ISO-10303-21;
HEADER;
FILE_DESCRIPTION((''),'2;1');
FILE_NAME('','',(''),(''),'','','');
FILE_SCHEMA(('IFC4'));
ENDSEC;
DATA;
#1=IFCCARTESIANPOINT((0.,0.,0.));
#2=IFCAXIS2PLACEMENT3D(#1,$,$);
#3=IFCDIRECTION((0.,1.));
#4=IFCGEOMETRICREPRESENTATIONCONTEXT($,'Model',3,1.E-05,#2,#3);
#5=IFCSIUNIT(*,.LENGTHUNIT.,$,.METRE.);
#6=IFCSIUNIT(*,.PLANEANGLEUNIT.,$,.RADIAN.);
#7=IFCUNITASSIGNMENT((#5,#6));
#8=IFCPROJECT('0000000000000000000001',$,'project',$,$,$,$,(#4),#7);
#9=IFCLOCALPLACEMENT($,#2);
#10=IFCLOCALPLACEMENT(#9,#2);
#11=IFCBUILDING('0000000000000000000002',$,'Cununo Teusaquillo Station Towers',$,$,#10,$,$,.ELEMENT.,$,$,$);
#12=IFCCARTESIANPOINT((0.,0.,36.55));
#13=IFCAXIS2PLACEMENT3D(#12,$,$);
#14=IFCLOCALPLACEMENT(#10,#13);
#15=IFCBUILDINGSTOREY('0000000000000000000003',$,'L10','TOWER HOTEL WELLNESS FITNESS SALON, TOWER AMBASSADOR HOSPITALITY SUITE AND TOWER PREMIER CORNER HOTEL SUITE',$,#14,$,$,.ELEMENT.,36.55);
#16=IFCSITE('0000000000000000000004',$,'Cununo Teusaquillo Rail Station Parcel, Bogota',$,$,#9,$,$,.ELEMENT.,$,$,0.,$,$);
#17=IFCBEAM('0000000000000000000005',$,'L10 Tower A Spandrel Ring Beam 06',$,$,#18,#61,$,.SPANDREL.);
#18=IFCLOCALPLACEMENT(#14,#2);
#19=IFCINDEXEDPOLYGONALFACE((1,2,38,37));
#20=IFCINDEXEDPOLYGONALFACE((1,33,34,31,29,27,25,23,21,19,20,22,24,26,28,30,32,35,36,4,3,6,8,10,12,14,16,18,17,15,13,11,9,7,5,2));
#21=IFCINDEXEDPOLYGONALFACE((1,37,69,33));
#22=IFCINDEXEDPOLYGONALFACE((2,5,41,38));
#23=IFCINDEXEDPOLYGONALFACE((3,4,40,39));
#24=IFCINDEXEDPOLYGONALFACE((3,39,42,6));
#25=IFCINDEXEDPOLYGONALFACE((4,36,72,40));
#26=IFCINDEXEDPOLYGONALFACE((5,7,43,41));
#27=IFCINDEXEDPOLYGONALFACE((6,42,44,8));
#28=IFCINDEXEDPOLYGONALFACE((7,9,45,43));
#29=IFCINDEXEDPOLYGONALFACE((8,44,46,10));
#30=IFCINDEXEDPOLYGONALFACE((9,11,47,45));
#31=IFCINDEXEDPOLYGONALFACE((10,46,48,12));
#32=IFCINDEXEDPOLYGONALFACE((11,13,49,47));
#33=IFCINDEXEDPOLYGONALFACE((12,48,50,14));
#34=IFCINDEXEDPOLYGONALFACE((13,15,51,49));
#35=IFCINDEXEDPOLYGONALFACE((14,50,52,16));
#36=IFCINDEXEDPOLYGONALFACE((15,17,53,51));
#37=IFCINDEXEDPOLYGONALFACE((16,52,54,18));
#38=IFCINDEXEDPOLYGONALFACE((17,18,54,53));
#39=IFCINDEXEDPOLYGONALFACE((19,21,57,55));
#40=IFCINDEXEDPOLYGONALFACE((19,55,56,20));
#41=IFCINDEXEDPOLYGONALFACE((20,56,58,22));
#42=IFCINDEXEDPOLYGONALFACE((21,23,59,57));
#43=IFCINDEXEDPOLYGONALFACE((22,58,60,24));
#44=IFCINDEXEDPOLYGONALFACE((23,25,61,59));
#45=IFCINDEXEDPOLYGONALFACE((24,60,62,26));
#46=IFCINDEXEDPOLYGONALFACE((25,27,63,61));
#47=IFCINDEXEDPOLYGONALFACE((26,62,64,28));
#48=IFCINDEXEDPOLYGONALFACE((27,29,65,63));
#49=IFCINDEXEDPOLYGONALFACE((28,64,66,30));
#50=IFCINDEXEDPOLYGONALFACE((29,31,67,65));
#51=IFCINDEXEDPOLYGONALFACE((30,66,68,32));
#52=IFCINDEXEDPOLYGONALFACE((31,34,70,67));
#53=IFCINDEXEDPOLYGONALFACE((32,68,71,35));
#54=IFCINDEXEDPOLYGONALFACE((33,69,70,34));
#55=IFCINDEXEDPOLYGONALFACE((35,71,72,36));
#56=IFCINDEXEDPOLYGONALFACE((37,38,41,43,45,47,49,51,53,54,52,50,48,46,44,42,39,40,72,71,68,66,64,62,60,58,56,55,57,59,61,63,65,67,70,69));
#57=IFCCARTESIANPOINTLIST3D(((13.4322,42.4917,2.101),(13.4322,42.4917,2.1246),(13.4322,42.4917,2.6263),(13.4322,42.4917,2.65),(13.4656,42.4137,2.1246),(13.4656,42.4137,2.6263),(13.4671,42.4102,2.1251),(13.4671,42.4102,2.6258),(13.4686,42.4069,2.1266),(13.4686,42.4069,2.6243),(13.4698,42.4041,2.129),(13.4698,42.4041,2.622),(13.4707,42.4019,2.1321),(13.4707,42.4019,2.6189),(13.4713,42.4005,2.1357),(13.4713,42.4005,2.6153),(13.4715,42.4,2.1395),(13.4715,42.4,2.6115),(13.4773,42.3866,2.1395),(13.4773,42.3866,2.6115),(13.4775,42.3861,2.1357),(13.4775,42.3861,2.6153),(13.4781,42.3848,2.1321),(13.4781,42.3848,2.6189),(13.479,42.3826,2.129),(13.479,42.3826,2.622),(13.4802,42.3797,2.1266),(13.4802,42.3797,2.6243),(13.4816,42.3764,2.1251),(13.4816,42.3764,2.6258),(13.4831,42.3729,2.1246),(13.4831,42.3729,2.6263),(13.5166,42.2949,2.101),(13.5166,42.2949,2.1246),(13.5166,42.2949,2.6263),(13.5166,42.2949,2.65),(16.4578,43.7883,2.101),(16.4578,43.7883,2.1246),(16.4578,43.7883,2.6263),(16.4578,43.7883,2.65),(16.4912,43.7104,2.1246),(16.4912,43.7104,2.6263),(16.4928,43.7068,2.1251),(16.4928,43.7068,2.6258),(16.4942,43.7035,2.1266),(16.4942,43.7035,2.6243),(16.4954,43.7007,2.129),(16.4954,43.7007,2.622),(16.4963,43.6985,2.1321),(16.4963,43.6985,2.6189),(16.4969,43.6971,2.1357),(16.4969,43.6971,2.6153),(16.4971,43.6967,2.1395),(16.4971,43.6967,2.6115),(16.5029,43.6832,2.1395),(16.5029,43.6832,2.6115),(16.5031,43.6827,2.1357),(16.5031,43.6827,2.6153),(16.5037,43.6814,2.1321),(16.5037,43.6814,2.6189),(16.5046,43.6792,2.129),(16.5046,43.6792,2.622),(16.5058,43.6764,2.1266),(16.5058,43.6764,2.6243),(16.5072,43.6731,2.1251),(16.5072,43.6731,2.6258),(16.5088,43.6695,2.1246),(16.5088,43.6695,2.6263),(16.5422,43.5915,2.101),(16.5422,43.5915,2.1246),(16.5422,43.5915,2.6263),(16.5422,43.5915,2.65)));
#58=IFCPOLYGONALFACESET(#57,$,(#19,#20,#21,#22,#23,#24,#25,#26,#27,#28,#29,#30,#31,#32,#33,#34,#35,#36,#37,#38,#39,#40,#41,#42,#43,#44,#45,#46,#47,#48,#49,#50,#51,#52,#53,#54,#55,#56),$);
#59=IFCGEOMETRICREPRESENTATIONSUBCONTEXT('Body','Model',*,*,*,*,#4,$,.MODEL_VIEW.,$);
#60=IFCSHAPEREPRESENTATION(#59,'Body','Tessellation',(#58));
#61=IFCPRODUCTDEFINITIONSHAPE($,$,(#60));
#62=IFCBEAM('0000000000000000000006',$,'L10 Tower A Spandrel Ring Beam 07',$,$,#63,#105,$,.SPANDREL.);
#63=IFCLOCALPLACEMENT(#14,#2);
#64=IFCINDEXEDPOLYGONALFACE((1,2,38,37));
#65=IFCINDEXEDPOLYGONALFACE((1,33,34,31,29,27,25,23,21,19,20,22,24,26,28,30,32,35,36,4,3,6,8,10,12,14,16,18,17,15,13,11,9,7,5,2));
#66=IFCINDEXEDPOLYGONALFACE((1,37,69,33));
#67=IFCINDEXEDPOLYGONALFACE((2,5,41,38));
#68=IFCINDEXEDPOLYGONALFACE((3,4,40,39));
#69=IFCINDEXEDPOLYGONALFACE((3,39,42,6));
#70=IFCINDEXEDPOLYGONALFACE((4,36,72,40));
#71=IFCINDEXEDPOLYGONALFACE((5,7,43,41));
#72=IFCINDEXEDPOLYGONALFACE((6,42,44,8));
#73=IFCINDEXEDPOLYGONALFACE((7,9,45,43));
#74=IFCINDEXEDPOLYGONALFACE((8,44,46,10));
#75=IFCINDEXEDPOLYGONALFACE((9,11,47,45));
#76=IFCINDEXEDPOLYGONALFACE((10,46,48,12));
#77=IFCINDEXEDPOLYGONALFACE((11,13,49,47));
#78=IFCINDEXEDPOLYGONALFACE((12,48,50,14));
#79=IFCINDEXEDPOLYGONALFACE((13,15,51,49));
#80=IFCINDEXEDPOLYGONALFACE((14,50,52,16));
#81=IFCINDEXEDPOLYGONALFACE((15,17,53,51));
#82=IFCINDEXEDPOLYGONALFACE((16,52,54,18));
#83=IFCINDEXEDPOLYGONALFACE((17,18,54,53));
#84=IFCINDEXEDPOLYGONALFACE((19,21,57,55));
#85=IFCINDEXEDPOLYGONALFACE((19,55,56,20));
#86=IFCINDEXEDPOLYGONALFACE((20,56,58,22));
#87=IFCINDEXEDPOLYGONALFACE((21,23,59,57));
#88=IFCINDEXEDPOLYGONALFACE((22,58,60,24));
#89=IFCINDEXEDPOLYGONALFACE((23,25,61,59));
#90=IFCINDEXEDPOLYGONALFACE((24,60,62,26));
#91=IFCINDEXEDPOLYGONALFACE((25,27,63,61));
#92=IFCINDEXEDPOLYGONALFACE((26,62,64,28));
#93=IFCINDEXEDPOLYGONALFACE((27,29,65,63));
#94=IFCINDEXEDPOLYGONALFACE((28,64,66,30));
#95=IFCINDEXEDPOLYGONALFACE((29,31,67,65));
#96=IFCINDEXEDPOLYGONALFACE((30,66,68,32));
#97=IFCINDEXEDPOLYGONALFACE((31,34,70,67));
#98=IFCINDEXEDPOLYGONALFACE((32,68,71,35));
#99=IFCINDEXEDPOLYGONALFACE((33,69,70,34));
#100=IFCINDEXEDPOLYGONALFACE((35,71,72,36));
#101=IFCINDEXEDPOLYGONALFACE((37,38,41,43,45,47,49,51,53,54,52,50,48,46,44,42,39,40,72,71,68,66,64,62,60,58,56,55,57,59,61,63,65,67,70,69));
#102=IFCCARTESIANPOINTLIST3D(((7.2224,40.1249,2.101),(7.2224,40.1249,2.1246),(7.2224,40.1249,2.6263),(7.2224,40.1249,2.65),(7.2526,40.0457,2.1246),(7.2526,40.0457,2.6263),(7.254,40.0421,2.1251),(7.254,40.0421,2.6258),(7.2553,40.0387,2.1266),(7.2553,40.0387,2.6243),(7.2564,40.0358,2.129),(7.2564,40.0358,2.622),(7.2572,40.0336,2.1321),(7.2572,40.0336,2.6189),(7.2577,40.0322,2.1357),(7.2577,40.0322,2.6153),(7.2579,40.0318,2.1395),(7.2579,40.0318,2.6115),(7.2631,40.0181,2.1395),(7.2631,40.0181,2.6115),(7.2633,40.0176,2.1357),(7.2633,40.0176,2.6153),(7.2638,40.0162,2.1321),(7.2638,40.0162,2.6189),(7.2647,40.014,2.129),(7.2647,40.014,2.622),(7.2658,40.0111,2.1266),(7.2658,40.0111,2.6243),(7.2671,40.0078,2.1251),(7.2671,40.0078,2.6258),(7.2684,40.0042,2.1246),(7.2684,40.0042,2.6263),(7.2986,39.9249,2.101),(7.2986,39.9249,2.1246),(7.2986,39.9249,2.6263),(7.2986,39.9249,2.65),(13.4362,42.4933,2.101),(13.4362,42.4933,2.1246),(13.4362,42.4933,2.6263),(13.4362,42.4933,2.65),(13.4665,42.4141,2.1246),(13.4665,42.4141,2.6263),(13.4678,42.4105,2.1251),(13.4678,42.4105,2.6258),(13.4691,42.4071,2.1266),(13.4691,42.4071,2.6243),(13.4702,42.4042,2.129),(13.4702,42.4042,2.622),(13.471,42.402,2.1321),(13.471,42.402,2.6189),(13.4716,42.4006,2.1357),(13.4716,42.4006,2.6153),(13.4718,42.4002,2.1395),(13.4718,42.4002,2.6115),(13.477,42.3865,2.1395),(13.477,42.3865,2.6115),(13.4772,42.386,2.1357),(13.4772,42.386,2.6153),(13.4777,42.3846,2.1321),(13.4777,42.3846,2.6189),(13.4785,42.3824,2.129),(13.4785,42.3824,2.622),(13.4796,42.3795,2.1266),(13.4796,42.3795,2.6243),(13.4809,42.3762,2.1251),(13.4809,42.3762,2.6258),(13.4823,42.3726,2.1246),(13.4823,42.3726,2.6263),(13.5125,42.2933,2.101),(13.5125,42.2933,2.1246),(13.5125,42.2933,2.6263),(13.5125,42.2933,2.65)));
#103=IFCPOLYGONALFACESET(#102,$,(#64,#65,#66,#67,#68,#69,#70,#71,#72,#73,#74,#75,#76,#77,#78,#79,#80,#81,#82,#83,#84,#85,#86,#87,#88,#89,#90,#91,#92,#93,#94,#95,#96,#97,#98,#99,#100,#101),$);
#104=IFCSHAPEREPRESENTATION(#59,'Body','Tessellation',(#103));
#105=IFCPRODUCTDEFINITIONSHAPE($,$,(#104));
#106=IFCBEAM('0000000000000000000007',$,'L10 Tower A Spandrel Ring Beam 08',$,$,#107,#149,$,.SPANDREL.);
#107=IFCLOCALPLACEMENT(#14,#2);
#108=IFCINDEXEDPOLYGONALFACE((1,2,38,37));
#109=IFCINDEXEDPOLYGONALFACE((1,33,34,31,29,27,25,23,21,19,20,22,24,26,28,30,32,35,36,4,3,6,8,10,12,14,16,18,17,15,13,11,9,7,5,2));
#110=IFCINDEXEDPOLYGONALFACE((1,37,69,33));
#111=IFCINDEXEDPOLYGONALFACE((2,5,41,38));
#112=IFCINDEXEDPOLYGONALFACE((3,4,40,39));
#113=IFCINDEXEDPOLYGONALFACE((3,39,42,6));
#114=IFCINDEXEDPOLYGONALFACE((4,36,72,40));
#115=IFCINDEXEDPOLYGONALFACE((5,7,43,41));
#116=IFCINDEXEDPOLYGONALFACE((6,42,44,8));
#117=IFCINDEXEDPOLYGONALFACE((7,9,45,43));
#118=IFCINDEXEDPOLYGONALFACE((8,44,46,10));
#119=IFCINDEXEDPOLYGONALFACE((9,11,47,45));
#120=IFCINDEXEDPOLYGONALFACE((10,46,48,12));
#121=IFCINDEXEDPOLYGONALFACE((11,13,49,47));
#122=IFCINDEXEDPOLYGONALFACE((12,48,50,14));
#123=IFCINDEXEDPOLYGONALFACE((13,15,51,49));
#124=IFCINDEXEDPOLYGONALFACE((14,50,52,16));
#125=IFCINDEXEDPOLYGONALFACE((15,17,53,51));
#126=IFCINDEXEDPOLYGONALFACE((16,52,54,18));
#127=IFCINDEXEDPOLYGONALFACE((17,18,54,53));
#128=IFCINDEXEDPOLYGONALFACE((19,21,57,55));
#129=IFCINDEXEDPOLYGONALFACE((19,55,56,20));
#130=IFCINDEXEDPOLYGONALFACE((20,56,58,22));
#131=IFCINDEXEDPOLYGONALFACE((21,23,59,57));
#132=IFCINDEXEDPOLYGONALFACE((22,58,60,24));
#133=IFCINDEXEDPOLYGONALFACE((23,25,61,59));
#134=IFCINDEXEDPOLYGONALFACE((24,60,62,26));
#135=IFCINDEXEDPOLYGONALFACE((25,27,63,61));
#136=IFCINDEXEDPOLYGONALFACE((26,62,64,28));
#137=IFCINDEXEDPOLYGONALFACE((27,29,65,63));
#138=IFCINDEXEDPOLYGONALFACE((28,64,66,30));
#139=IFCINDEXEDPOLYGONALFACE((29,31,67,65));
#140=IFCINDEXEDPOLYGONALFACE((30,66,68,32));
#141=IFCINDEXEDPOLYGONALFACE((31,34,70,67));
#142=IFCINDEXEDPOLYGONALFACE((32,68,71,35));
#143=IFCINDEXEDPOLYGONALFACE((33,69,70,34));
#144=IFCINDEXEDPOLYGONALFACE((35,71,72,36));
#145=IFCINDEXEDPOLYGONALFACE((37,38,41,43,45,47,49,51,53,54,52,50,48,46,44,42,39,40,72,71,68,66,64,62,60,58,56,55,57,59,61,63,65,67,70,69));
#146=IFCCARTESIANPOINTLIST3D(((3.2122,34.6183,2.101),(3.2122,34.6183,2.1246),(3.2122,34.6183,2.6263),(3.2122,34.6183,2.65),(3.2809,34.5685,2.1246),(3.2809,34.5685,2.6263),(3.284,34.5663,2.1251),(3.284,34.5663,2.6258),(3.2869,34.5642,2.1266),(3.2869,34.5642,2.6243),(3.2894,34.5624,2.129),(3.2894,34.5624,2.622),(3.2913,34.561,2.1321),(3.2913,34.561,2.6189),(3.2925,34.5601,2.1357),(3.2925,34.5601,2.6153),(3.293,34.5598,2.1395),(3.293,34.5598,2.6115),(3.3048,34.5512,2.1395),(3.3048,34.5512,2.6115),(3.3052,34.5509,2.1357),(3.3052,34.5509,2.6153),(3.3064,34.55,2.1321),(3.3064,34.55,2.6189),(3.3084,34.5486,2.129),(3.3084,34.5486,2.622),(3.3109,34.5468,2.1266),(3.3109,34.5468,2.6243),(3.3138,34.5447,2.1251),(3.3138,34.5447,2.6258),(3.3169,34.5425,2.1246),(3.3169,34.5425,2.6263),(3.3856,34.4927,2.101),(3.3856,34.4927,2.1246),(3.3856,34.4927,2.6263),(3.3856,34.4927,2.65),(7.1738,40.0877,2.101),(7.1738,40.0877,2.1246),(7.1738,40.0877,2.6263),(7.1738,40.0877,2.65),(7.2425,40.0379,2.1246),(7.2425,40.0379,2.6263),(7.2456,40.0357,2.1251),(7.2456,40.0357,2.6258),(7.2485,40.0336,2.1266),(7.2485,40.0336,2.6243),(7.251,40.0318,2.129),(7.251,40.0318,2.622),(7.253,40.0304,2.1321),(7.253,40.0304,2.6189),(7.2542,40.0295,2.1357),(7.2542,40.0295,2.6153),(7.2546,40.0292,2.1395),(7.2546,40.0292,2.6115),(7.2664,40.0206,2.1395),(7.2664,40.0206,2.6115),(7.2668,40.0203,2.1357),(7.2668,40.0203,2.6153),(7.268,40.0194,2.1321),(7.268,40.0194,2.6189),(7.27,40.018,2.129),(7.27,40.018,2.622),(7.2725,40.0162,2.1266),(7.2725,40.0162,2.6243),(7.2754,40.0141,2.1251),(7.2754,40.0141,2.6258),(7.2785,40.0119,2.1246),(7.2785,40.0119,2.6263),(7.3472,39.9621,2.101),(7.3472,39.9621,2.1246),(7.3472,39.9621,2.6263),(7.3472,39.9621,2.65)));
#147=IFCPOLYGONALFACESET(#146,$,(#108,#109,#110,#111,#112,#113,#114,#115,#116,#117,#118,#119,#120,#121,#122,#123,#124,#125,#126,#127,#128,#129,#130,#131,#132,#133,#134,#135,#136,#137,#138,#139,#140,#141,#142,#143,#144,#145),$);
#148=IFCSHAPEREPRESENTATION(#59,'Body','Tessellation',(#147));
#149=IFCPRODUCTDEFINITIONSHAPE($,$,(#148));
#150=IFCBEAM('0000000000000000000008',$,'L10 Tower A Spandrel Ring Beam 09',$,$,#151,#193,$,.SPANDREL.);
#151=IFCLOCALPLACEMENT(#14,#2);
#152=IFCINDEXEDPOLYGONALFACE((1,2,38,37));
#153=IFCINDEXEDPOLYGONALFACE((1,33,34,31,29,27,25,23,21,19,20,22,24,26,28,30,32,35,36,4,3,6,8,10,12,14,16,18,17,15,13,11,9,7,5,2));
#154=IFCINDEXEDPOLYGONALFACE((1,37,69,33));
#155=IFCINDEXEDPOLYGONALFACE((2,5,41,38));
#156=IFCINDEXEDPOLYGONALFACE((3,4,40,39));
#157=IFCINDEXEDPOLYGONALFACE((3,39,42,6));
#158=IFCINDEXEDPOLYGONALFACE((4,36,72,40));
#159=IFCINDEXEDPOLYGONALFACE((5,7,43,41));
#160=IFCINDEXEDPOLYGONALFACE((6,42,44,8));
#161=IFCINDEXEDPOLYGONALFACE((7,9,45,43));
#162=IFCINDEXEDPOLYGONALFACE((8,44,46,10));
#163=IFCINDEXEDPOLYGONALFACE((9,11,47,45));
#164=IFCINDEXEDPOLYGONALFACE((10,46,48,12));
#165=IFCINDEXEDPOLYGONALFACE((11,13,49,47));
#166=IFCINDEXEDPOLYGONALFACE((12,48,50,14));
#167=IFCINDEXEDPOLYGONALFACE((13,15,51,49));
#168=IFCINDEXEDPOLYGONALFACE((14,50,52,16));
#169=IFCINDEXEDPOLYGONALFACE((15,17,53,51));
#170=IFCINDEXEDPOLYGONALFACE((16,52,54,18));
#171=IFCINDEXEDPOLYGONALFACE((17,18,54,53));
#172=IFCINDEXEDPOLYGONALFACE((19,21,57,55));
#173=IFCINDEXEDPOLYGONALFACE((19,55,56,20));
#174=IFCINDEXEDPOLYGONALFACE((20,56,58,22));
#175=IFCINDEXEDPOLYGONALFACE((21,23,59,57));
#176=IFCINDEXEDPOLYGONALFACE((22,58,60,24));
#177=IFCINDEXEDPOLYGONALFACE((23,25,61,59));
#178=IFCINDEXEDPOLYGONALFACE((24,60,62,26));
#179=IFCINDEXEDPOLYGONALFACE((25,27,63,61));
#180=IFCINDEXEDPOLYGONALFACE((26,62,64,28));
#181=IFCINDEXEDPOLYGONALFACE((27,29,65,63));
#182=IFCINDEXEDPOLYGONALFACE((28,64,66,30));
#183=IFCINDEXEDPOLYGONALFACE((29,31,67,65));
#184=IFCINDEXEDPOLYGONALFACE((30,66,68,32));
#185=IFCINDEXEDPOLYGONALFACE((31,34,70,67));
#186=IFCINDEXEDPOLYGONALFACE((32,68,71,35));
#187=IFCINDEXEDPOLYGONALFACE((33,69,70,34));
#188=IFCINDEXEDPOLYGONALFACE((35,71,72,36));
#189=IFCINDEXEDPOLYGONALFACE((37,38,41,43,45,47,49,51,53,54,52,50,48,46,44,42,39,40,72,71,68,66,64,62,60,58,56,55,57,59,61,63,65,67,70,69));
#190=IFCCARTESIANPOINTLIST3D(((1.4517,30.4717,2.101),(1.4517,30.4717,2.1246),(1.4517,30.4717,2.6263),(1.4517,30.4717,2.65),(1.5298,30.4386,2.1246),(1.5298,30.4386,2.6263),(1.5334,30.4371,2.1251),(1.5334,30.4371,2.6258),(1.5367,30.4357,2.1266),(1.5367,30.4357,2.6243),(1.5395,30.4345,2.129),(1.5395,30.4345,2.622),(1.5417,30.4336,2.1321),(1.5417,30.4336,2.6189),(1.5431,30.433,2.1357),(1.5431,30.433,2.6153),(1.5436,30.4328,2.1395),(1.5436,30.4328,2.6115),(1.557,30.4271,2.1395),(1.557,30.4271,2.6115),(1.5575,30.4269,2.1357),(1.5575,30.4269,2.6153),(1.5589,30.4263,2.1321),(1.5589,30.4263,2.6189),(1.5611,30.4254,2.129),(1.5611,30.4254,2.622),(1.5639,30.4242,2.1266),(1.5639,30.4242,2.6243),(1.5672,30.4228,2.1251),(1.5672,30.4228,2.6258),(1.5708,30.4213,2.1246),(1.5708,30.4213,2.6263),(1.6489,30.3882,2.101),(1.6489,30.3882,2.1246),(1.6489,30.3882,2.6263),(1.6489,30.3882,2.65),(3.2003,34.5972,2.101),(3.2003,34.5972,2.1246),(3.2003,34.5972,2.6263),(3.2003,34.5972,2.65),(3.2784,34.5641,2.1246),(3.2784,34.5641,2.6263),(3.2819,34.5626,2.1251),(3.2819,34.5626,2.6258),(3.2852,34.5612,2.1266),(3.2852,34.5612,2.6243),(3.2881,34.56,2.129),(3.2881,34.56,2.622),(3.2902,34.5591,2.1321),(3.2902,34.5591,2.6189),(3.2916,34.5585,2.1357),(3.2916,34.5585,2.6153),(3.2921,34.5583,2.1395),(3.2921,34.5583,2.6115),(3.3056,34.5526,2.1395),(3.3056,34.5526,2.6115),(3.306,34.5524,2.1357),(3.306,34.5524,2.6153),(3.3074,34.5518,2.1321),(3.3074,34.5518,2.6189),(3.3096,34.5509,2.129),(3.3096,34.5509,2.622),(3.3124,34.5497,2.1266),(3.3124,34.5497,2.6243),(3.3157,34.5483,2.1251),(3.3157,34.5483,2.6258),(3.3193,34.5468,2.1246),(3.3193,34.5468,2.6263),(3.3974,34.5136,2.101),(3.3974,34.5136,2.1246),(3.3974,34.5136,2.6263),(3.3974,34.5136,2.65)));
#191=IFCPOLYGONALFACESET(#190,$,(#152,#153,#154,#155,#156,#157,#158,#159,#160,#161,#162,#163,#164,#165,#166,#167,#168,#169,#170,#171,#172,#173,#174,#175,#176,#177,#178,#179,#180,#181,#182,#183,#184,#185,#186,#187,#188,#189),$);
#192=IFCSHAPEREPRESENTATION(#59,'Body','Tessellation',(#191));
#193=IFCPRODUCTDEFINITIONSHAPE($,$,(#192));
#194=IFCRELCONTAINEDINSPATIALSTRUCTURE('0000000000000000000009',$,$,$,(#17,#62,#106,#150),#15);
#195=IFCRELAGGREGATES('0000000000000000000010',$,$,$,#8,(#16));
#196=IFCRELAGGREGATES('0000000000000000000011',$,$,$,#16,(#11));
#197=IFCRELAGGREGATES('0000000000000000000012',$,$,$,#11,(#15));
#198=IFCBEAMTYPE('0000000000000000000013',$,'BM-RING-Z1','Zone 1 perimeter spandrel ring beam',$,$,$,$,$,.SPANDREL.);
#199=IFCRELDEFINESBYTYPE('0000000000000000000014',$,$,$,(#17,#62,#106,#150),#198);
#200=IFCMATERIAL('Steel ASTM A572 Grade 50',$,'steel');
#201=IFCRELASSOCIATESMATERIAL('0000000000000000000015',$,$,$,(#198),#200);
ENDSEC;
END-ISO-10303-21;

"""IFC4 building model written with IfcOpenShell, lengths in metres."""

from ifc_helpers import new_model, si_unit, direction, frame, origin, origin_2d, place, context, subcontext, project, spatial, i_section, extrude, material, material_profile, profile_set, type_object, element, save


model = new_model("IFC4")

# Units and contexts
model_context = context("Model", 3, precision=1e-05, world=origin(), true_north=direction((0.0, 1.0)))
body_context = subcontext(model_context, "Body", "Model", "MODEL_VIEW")
ifc_project = project(units=[si_unit("LENGTHUNIT", "METRE"), si_unit("PLANEANGLEUNIT", "RADIAN")], contexts=[model_context])

# Site, building, storey
site_placement = place(None, origin())
site = spatial("IfcSite", under=ifc_project, at=site_placement, Name="Cununo Teusaquillo Rail Station Parcel, Bogota", CompositionType="ELEMENT", RefElevation=0.0)
building_placement = place(site_placement, origin())
building = spatial("IfcBuilding", under=site, at=building_placement, Name="Cununo Teusaquillo Station Towers", CompositionType="ELEMENT")
storey_placement = place(building_placement, frame((0.0, 0.0, 36.55)))
storey = spatial("IfcBuildingStorey", under=building, at=storey_placement, Name="L10", Description="TOWER HOTEL WELLNESS FITNESS SALON, TOWER AMBASSADOR HOSPITALITY SUITE AND TOWER PREMIER CORNER HOTEL SUITE", CompositionType="ELEMENT", Elevation=36.55)

# Beams
ifc_material_1 = material(Name="Steel ASTM A572 Grade 50", Category="steel")
ifc_material_profile_1 = material_profile(ifc_material_1, i_section(OverallWidth=0.2141, OverallDepth=0.5491, WebThickness=0.0146, FlangeThickness=0.0237, FilletRadius=0.0149, at=origin_2d()), Name="W21X93")
ifc_profile_set_1 = profile_set([ifc_material_profile_1], Name="Steel ASTM A572 Grade 50")
beam_type_1 = type_object("IfcBeamType", Name="BM-RING-Z1", Description="Zone 1 perimeter spandrel ring beam", PredefinedType="SPANDREL", material=ifc_profile_set_1)
beam_1_placement = place(storey_placement, frame((16.5, 43.6899, 2.3755), z_axis=(-0.919153, -0.393901, 0.0), x_axis=(0.393901, -0.919153, 0.0)))
element("IfcBeam", 1, at=beam_1_placement, inside=storey, type_object=beam_type_1, Name="L10 Tower A Spandrel Ring Beam 06", PredefinedType="SPANDREL", context=body_context, shape_type="SweptSolid", body=[
    extrude(i_section(OverallWidth=0.2141, OverallDepth=0.5491, WebThickness=0.0146, FlangeThickness=0.0237, FilletRadius=0.0149, at=origin_2d()), origin(), (0.0, 0.0, 1.0), 3.2917),
])
beam_2_placement = place(storey_placement, frame((13.4744, 42.3933, 2.3755), z_axis=(-0.934427, -0.356156, 0.0), x_axis=(0.356156, -0.934427, 0.0)))
element("IfcBeam", 2, at=beam_2_placement, inside=storey, type_object=beam_type_1, Name="L10 Tower A Spandrel Ring Beam 07", PredefinedType="SPANDREL", context=body_context, shape_type="SweptSolid", body=[
    extrude(i_section(OverallWidth=0.2141, OverallDepth=0.5491, WebThickness=0.0146, FlangeThickness=0.0237, FilletRadius=0.0149, at=origin_2d()), origin(), (0.0, 0.0, 1.0), 6.6499),
])
beam_3_placement = place(storey_placement, frame((7.2605, 40.0249, 2.3755), z_axis=(-0.586608, -0.809871, 0.0), x_axis=(0.809871, -0.586608, 0.0)))
element("IfcBeam", 3, at=beam_3_placement, inside=storey, type_object=beam_type_1, Name="L10 Tower A Spandrel Ring Beam 08", PredefinedType="SPANDREL", context=body_context, shape_type="SweptSolid", body=[
    extrude(i_section(OverallWidth=0.2141, OverallDepth=0.5491, WebThickness=0.0146, FlangeThickness=0.0237, FilletRadius=0.0149, at=origin_2d()), origin(), (0.0, 0.0, 1.0), 6.7534),
])
beam_4_placement = place(storey_placement, frame((3.2988, 34.5554, 2.3755), z_axis=(-0.390234, -0.920716, 0.0), x_axis=(0.920716, -0.390234, 0.0)))
element("IfcBeam", 4, at=beam_4_placement, inside=storey, type_object=beam_type_1, Name="L10 Tower A Spandrel Ring Beam 09", PredefinedType="SPANDREL", context=body_context, shape_type="SweptSolid", body=[
    extrude(i_section(OverallWidth=0.2141, OverallDepth=0.5491, WebThickness=0.0146, FlangeThickness=0.0237, FilletRadius=0.0149, at=origin_2d()), origin(), (0.0, 0.0, 1.0), 4.4807),
])

save(model, "model.ifc")
